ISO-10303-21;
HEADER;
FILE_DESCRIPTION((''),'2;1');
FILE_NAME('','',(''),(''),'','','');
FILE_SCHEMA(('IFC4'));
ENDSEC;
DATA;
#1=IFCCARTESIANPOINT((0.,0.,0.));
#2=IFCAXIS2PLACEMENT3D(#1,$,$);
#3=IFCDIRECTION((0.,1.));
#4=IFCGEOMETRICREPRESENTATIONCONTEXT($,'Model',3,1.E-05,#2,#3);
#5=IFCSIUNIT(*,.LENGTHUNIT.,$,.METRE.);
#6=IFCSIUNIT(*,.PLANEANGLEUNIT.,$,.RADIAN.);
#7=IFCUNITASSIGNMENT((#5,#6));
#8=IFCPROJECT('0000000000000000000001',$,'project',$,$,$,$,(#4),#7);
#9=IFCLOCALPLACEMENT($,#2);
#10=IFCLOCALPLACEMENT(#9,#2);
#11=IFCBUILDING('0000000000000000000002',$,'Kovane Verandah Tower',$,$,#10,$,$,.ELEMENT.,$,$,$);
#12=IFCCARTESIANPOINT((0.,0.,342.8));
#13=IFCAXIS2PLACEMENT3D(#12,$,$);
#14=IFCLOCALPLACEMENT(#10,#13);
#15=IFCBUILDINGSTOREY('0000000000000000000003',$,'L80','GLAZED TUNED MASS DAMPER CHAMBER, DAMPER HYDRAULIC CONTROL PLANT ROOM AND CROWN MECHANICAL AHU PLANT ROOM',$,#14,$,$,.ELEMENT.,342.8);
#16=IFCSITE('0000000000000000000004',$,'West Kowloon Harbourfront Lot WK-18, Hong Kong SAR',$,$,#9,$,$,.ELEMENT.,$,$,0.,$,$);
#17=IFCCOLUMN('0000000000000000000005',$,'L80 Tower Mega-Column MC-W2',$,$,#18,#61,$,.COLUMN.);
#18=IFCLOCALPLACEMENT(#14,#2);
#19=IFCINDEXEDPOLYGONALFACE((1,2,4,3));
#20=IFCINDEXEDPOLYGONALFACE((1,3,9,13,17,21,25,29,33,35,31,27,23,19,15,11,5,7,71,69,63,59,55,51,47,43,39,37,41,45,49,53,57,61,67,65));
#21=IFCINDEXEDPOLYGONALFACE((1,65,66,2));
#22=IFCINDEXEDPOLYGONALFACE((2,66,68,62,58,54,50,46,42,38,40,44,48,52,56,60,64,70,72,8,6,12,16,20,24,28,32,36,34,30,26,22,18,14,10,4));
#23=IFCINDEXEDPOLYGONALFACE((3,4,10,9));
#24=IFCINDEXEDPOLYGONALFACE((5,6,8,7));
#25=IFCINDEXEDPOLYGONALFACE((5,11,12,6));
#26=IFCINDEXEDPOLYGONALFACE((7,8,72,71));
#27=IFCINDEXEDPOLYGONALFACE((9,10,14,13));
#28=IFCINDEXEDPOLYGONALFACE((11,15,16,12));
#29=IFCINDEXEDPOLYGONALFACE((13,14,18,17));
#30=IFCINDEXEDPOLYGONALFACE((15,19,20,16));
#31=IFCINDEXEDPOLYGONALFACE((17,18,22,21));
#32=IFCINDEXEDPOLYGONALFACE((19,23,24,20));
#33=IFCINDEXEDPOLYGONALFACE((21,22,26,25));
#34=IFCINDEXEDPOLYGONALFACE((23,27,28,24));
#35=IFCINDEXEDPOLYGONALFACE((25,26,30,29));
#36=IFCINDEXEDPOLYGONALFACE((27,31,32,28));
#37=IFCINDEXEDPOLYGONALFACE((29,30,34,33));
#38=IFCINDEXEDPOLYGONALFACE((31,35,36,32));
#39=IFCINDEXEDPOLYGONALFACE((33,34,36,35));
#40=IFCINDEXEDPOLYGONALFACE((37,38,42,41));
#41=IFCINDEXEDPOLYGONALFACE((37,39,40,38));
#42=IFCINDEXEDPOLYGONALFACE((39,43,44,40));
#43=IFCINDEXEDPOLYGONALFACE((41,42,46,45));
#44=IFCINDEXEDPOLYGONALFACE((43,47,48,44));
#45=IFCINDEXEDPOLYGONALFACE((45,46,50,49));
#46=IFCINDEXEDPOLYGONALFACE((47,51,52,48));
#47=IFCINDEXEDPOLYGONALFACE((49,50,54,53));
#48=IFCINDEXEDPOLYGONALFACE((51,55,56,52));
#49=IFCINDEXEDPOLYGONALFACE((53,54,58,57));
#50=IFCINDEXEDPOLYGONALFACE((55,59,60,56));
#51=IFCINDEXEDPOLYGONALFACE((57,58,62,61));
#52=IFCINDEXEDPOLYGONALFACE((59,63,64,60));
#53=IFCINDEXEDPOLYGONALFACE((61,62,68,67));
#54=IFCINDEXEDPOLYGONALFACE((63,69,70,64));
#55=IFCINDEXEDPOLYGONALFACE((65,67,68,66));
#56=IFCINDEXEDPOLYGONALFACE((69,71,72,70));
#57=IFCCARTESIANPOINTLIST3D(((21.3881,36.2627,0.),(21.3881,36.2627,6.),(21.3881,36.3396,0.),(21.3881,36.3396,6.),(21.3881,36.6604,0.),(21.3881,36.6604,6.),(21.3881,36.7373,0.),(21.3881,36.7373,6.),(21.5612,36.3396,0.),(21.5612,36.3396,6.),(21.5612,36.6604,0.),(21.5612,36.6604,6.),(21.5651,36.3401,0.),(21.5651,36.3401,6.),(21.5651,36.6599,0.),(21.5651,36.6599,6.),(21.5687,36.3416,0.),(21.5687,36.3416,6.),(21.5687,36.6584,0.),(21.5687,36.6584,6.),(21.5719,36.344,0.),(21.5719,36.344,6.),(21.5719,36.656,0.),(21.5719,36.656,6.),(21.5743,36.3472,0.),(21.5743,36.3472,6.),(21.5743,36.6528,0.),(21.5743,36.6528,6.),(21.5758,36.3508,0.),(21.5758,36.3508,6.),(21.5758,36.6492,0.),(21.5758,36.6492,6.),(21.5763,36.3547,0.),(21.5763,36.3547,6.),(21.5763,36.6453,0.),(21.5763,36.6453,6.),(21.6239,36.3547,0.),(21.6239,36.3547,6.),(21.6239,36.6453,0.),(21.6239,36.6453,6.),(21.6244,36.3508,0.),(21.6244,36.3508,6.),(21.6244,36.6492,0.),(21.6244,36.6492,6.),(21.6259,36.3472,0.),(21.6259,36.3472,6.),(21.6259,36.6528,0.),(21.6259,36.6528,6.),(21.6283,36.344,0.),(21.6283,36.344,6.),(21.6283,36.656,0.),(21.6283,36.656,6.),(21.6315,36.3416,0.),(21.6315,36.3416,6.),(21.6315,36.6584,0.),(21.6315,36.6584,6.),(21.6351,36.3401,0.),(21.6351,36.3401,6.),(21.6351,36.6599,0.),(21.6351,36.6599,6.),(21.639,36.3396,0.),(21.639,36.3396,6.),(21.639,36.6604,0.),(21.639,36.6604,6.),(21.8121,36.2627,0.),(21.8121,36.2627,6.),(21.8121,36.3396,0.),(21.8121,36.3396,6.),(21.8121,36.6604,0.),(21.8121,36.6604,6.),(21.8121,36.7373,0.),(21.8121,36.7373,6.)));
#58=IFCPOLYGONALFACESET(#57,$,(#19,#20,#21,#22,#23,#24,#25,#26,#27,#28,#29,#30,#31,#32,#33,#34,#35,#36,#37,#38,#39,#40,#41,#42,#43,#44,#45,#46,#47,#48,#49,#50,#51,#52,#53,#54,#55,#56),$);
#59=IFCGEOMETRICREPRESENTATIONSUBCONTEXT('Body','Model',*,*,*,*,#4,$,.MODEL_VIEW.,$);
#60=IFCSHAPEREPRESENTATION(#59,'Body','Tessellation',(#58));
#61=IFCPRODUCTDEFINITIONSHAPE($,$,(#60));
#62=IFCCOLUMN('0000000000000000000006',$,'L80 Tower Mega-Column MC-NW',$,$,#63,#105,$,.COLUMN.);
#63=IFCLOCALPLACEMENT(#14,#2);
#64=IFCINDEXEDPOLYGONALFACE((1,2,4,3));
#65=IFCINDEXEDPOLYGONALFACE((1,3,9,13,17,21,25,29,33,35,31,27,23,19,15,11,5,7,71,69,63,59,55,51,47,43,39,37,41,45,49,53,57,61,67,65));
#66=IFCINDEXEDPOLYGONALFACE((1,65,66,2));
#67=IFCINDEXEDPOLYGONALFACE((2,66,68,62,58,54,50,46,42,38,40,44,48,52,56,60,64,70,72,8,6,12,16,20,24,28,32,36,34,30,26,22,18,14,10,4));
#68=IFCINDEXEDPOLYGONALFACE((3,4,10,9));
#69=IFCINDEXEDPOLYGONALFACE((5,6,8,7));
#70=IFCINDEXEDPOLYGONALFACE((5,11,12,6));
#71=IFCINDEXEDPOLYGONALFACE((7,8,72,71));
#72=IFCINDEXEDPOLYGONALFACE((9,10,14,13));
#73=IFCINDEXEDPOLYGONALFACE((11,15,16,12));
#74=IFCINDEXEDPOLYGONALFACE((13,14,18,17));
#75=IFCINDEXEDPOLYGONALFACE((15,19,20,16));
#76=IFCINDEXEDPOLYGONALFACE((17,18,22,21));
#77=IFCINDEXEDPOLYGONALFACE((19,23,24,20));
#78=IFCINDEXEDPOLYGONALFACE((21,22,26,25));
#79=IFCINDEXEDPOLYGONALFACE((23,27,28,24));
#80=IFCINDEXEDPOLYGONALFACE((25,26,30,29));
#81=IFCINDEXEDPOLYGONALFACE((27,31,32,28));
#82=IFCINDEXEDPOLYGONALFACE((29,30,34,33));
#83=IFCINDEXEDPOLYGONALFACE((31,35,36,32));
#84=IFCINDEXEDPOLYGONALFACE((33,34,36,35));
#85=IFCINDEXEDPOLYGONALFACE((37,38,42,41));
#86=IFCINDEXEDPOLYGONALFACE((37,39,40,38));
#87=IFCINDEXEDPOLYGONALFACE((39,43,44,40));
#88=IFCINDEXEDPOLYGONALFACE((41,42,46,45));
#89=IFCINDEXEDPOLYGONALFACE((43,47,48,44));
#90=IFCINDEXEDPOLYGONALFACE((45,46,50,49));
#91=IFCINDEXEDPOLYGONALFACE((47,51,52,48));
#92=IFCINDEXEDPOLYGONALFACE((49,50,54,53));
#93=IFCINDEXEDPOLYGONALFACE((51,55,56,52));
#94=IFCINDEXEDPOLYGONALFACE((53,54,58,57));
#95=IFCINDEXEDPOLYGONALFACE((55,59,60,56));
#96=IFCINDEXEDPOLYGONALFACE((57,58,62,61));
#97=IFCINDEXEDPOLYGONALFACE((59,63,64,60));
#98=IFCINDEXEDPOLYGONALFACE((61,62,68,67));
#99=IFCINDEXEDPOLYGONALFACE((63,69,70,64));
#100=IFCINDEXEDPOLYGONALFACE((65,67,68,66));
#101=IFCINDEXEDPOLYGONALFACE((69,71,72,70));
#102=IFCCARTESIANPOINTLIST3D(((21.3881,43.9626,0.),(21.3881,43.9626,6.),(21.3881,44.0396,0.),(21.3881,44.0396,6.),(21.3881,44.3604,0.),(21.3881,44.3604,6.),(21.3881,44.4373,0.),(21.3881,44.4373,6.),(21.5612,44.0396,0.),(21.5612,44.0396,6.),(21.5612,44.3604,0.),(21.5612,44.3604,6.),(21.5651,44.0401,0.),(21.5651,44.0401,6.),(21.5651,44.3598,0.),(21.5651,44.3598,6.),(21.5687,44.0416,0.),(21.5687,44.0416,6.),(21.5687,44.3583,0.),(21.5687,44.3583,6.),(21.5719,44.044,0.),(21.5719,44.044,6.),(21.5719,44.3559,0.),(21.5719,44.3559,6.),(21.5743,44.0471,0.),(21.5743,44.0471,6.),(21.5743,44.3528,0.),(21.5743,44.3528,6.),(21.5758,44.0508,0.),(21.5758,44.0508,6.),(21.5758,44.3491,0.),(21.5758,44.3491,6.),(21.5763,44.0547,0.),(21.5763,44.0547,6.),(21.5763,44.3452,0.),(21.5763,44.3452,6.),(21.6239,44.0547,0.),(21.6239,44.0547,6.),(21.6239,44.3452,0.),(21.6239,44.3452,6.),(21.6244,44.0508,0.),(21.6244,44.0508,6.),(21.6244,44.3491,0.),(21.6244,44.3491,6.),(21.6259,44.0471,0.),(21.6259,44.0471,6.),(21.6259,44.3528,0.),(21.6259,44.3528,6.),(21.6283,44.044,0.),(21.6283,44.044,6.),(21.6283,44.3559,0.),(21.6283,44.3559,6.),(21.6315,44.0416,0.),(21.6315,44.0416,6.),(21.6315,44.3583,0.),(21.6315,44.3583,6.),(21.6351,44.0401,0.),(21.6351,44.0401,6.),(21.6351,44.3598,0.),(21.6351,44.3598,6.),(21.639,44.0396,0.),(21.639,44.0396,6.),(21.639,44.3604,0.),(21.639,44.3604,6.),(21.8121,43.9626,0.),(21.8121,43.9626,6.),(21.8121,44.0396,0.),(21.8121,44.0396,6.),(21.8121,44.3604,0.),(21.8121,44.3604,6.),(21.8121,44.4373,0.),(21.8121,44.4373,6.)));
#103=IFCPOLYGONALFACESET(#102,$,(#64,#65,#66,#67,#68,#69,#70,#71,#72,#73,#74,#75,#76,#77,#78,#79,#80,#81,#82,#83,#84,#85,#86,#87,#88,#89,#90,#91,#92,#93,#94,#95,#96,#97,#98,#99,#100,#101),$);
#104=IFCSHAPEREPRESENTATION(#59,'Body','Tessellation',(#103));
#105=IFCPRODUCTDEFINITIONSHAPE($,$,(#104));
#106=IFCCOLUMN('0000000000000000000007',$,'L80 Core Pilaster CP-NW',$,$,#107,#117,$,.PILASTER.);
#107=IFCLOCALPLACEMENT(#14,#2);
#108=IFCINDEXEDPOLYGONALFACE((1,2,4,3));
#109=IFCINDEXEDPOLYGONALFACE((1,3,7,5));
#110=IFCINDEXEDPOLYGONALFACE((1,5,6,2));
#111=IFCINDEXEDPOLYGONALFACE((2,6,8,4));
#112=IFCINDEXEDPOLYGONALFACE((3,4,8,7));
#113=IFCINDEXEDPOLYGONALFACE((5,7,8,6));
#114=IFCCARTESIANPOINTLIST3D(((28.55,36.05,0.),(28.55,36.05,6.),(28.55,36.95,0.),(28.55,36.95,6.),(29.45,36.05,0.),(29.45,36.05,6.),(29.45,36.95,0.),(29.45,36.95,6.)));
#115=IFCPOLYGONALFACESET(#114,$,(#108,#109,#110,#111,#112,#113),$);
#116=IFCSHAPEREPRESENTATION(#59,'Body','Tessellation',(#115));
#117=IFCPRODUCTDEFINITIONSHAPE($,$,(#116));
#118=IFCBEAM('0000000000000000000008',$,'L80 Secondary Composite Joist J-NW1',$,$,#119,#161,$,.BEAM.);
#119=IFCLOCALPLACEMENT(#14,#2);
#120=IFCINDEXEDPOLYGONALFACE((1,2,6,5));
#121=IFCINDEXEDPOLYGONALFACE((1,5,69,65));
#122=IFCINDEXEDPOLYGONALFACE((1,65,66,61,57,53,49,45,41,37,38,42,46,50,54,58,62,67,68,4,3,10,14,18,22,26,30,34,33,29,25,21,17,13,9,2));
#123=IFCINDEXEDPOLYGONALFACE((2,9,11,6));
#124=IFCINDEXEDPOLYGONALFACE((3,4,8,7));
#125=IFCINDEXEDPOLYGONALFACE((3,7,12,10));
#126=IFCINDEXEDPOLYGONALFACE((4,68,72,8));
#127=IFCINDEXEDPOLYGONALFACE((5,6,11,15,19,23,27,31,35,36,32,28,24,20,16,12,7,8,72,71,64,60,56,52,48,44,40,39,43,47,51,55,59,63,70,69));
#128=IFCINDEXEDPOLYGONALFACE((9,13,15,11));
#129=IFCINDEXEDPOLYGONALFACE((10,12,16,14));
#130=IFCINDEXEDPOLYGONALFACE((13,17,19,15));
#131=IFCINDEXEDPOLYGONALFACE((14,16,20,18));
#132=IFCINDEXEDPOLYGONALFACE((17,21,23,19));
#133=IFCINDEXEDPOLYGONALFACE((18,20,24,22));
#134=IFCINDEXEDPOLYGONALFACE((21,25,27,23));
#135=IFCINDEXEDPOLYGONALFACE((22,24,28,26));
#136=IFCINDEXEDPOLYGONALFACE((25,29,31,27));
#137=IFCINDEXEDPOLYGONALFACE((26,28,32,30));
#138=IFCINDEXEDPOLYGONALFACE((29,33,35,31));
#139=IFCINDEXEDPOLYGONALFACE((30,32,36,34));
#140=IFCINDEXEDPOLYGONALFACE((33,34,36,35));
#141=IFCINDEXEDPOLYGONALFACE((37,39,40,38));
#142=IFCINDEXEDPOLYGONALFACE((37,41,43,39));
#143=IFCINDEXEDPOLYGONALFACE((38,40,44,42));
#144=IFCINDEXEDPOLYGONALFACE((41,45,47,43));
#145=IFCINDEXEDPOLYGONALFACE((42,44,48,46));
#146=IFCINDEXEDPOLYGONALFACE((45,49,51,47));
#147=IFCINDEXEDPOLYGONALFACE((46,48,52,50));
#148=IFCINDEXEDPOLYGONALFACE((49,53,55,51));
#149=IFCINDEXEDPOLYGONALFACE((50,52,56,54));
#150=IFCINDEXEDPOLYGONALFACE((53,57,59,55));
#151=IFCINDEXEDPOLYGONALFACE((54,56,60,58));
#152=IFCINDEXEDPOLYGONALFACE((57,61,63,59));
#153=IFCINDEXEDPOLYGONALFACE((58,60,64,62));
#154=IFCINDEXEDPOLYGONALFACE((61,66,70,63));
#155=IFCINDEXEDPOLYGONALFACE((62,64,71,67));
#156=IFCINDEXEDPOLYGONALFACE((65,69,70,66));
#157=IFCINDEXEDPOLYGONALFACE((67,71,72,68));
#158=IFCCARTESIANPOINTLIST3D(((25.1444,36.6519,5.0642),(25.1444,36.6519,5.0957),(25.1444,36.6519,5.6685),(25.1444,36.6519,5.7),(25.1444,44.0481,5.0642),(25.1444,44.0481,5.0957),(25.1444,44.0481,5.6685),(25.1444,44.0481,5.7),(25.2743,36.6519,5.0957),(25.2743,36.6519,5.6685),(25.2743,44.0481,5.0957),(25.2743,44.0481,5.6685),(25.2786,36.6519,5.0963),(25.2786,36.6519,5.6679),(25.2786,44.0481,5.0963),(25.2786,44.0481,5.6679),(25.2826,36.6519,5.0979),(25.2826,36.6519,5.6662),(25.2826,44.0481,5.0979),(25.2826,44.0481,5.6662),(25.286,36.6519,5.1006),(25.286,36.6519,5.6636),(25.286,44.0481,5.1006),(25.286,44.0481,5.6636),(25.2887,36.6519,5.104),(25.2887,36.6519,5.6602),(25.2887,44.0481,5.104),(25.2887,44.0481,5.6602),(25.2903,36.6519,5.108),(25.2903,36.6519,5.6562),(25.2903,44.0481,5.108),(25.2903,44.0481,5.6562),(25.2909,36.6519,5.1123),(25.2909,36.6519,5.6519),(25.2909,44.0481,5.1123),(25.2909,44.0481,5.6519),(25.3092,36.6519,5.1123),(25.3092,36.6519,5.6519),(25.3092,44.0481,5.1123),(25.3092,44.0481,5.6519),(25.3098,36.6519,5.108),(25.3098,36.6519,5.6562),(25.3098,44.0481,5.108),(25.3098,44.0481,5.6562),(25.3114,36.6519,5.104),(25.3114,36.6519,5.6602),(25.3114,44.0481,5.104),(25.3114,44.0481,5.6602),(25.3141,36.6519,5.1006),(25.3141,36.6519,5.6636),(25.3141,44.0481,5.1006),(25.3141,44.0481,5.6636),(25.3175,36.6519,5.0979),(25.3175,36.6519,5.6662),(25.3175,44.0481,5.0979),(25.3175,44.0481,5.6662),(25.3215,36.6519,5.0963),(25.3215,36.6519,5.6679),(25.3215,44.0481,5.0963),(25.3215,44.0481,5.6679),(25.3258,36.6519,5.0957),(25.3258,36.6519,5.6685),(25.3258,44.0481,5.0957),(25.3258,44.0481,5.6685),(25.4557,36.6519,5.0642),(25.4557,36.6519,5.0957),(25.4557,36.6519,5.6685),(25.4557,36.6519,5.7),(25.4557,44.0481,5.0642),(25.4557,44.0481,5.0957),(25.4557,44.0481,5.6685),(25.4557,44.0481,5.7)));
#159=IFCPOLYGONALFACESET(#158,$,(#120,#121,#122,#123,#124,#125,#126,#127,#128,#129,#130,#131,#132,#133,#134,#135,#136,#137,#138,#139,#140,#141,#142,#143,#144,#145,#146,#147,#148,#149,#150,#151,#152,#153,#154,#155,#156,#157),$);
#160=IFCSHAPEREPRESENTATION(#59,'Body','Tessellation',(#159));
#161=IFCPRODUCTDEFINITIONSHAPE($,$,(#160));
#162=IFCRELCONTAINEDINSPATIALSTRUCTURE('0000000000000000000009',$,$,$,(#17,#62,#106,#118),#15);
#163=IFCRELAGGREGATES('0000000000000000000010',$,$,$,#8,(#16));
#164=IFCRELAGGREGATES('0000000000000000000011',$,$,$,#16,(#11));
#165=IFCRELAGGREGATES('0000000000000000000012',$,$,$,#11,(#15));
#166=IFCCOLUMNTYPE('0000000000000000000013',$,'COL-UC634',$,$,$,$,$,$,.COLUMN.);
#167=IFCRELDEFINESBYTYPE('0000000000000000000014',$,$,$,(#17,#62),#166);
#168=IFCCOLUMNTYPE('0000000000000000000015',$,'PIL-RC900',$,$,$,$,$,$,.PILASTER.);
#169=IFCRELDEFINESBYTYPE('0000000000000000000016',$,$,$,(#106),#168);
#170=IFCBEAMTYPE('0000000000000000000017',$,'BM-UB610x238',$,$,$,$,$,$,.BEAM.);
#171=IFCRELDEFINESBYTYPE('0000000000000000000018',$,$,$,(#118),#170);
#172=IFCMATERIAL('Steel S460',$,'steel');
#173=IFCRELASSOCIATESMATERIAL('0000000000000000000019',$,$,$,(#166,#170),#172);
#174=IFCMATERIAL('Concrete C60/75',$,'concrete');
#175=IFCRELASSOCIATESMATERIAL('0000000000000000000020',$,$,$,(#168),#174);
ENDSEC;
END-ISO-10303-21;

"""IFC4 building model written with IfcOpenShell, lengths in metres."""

from ifc_helpers import new_model, si_unit, direction, frame, origin, origin_2d, place, context, subcontext, project, spatial, rectangle, i_section, extrude, material, material_profile, profile_set, type_object, element, save


model = new_model("IFC4")

# Units and contexts
model_context = context("Model", 3, precision=1e-05, world=origin(), true_north=direction((0.0, 1.0)))
body_context = subcontext(model_context, "Body", "Model", "MODEL_VIEW")
ifc_project = project(units=[si_unit("LENGTHUNIT", "METRE"), si_unit("PLANEANGLEUNIT", "RADIAN")], contexts=[model_context])

# Site, building, storey
site_placement = place(None, origin())
site = spatial("IfcSite", under=ifc_project, at=site_placement, Name="West Kowloon Harbourfront Lot WK-18, Hong Kong SAR", CompositionType="ELEMENT", RefElevation=0.0)
building_placement = place(site_placement, origin())
building = spatial("IfcBuilding", under=site, at=building_placement, Name="Kovane Verandah Tower", CompositionType="ELEMENT")
storey_placement = place(building_placement, frame((0.0, 0.0, 342.8)))
storey = spatial("IfcBuildingStorey", under=building, at=storey_placement, Name="L80", Description="GLAZED TUNED MASS DAMPER CHAMBER, DAMPER HYDRAULIC CONTROL PLANT ROOM AND CROWN MECHANICAL AHU PLANT ROOM", CompositionType="ELEMENT", Elevation=342.8)

# Columns
ifc_material_1 = material(Name="Steel S460", Category="steel")
ifc_material_profile_1 = material_profile(ifc_material_1, i_section(OverallWidth=0.4241, OverallDepth=0.4746, WebThickness=0.0476, FlangeThickness=0.0769, FilletRadius=0.0151, at=origin_2d()), Name="UC356x406x634")
ifc_profile_set_1 = profile_set([ifc_material_profile_1], Name="Steel S460")
column_type_1 = type_object("IfcColumnType", Name="COL-UC634", PredefinedType="COLUMN", material=ifc_profile_set_1)
for number, where, z_axis, x_axis, name in (
    (1, (21.6001, 36.5, 0.0), (0.0, 0.0, 1.0), (1.0, 0.0, 0.0), "L80 Tower Mega-Column MC-W2"),
    (2, (21.6001, 44.2, 0.0), (0.0, 0.0, 1.0), (1.0, 0.0, 0.0), "L80 Tower Mega-Column MC-NW"),
):
    element("IfcColumn", number, at=place(storey_placement, frame(where, z_axis=z_axis, x_axis=x_axis)), inside=storey, type_object=column_type_1, Name=name, PredefinedType="COLUMN", context=body_context, shape_type="SweptSolid", body=[
        extrude(i_section(OverallWidth=0.4241, OverallDepth=0.4746, WebThickness=0.0476, FlangeThickness=0.0769, FilletRadius=0.0151, at=origin_2d()), origin(), (0.0, 0.0, 1.0), 6.0),
    ])
ifc_material_2 = material(Name="Concrete C60/75", Category="concrete")
ifc_material_profile_2 = material_profile(ifc_material_2, rectangle(XDim=0.8999, YDim=0.8999, at=origin_2d()), Name="RC900x900")
ifc_profile_set_2 = profile_set([ifc_material_profile_2], Name="Concrete C60/75")
column_type_2 = type_object("IfcColumnType", Name="PIL-RC900", PredefinedType="PILASTER", material=ifc_profile_set_2)
column_placement = place(storey_placement, frame((29.0, 36.5, 0.0), z_axis=(0.0, 0.0, 1.0), x_axis=(1.0, 0.0, 0.0)))
element("IfcColumn", 3, at=column_placement, inside=storey, type_object=column_type_2, Name="L80 Core Pilaster CP-NW", PredefinedType="PILASTER", context=body_context, shape_type="SweptSolid", body=[
    extrude(rectangle(XDim=0.8999, YDim=0.8999, at=origin_2d()), origin(), (0.0, 0.0, 1.0), 6.0),
])

# Beam
ifc_material_profile_3 = material_profile(ifc_material_1, i_section(OverallWidth=0.3113, OverallDepth=0.6357, WebThickness=0.0183, FlangeThickness=0.0315, FilletRadius=0.0166, at=origin_2d()), Name="UB610x305x238")
ifc_profile_set_3 = profile_set([ifc_material_profile_3], Name="Steel S460")
beam_type_1 = type_object("IfcBeamType", Name="BM-UB610x238", PredefinedType="BEAM", material=ifc_profile_set_3)
beam_1_placement = place(storey_placement, frame((25.3, 36.6519, 5.3821), z_axis=(0.0, 1.0, 0.0), x_axis=(-1.0, 0.0, 0.0)))
element("IfcBeam", 4, at=beam_1_placement, inside=storey, type_object=beam_type_1, Name="L80 Secondary Composite Joist J-NW1", PredefinedType="BEAM", context=body_context, shape_type="SweptSolid", body=[
    extrude(i_section(OverallWidth=0.3113, OverallDepth=0.6357, WebThickness=0.0183, FlangeThickness=0.0315, FilletRadius=0.0166, at=origin_2d()), origin(), (0.0, 0.0, 1.0), 7.3962),
])

save(model, "model.ifc")
